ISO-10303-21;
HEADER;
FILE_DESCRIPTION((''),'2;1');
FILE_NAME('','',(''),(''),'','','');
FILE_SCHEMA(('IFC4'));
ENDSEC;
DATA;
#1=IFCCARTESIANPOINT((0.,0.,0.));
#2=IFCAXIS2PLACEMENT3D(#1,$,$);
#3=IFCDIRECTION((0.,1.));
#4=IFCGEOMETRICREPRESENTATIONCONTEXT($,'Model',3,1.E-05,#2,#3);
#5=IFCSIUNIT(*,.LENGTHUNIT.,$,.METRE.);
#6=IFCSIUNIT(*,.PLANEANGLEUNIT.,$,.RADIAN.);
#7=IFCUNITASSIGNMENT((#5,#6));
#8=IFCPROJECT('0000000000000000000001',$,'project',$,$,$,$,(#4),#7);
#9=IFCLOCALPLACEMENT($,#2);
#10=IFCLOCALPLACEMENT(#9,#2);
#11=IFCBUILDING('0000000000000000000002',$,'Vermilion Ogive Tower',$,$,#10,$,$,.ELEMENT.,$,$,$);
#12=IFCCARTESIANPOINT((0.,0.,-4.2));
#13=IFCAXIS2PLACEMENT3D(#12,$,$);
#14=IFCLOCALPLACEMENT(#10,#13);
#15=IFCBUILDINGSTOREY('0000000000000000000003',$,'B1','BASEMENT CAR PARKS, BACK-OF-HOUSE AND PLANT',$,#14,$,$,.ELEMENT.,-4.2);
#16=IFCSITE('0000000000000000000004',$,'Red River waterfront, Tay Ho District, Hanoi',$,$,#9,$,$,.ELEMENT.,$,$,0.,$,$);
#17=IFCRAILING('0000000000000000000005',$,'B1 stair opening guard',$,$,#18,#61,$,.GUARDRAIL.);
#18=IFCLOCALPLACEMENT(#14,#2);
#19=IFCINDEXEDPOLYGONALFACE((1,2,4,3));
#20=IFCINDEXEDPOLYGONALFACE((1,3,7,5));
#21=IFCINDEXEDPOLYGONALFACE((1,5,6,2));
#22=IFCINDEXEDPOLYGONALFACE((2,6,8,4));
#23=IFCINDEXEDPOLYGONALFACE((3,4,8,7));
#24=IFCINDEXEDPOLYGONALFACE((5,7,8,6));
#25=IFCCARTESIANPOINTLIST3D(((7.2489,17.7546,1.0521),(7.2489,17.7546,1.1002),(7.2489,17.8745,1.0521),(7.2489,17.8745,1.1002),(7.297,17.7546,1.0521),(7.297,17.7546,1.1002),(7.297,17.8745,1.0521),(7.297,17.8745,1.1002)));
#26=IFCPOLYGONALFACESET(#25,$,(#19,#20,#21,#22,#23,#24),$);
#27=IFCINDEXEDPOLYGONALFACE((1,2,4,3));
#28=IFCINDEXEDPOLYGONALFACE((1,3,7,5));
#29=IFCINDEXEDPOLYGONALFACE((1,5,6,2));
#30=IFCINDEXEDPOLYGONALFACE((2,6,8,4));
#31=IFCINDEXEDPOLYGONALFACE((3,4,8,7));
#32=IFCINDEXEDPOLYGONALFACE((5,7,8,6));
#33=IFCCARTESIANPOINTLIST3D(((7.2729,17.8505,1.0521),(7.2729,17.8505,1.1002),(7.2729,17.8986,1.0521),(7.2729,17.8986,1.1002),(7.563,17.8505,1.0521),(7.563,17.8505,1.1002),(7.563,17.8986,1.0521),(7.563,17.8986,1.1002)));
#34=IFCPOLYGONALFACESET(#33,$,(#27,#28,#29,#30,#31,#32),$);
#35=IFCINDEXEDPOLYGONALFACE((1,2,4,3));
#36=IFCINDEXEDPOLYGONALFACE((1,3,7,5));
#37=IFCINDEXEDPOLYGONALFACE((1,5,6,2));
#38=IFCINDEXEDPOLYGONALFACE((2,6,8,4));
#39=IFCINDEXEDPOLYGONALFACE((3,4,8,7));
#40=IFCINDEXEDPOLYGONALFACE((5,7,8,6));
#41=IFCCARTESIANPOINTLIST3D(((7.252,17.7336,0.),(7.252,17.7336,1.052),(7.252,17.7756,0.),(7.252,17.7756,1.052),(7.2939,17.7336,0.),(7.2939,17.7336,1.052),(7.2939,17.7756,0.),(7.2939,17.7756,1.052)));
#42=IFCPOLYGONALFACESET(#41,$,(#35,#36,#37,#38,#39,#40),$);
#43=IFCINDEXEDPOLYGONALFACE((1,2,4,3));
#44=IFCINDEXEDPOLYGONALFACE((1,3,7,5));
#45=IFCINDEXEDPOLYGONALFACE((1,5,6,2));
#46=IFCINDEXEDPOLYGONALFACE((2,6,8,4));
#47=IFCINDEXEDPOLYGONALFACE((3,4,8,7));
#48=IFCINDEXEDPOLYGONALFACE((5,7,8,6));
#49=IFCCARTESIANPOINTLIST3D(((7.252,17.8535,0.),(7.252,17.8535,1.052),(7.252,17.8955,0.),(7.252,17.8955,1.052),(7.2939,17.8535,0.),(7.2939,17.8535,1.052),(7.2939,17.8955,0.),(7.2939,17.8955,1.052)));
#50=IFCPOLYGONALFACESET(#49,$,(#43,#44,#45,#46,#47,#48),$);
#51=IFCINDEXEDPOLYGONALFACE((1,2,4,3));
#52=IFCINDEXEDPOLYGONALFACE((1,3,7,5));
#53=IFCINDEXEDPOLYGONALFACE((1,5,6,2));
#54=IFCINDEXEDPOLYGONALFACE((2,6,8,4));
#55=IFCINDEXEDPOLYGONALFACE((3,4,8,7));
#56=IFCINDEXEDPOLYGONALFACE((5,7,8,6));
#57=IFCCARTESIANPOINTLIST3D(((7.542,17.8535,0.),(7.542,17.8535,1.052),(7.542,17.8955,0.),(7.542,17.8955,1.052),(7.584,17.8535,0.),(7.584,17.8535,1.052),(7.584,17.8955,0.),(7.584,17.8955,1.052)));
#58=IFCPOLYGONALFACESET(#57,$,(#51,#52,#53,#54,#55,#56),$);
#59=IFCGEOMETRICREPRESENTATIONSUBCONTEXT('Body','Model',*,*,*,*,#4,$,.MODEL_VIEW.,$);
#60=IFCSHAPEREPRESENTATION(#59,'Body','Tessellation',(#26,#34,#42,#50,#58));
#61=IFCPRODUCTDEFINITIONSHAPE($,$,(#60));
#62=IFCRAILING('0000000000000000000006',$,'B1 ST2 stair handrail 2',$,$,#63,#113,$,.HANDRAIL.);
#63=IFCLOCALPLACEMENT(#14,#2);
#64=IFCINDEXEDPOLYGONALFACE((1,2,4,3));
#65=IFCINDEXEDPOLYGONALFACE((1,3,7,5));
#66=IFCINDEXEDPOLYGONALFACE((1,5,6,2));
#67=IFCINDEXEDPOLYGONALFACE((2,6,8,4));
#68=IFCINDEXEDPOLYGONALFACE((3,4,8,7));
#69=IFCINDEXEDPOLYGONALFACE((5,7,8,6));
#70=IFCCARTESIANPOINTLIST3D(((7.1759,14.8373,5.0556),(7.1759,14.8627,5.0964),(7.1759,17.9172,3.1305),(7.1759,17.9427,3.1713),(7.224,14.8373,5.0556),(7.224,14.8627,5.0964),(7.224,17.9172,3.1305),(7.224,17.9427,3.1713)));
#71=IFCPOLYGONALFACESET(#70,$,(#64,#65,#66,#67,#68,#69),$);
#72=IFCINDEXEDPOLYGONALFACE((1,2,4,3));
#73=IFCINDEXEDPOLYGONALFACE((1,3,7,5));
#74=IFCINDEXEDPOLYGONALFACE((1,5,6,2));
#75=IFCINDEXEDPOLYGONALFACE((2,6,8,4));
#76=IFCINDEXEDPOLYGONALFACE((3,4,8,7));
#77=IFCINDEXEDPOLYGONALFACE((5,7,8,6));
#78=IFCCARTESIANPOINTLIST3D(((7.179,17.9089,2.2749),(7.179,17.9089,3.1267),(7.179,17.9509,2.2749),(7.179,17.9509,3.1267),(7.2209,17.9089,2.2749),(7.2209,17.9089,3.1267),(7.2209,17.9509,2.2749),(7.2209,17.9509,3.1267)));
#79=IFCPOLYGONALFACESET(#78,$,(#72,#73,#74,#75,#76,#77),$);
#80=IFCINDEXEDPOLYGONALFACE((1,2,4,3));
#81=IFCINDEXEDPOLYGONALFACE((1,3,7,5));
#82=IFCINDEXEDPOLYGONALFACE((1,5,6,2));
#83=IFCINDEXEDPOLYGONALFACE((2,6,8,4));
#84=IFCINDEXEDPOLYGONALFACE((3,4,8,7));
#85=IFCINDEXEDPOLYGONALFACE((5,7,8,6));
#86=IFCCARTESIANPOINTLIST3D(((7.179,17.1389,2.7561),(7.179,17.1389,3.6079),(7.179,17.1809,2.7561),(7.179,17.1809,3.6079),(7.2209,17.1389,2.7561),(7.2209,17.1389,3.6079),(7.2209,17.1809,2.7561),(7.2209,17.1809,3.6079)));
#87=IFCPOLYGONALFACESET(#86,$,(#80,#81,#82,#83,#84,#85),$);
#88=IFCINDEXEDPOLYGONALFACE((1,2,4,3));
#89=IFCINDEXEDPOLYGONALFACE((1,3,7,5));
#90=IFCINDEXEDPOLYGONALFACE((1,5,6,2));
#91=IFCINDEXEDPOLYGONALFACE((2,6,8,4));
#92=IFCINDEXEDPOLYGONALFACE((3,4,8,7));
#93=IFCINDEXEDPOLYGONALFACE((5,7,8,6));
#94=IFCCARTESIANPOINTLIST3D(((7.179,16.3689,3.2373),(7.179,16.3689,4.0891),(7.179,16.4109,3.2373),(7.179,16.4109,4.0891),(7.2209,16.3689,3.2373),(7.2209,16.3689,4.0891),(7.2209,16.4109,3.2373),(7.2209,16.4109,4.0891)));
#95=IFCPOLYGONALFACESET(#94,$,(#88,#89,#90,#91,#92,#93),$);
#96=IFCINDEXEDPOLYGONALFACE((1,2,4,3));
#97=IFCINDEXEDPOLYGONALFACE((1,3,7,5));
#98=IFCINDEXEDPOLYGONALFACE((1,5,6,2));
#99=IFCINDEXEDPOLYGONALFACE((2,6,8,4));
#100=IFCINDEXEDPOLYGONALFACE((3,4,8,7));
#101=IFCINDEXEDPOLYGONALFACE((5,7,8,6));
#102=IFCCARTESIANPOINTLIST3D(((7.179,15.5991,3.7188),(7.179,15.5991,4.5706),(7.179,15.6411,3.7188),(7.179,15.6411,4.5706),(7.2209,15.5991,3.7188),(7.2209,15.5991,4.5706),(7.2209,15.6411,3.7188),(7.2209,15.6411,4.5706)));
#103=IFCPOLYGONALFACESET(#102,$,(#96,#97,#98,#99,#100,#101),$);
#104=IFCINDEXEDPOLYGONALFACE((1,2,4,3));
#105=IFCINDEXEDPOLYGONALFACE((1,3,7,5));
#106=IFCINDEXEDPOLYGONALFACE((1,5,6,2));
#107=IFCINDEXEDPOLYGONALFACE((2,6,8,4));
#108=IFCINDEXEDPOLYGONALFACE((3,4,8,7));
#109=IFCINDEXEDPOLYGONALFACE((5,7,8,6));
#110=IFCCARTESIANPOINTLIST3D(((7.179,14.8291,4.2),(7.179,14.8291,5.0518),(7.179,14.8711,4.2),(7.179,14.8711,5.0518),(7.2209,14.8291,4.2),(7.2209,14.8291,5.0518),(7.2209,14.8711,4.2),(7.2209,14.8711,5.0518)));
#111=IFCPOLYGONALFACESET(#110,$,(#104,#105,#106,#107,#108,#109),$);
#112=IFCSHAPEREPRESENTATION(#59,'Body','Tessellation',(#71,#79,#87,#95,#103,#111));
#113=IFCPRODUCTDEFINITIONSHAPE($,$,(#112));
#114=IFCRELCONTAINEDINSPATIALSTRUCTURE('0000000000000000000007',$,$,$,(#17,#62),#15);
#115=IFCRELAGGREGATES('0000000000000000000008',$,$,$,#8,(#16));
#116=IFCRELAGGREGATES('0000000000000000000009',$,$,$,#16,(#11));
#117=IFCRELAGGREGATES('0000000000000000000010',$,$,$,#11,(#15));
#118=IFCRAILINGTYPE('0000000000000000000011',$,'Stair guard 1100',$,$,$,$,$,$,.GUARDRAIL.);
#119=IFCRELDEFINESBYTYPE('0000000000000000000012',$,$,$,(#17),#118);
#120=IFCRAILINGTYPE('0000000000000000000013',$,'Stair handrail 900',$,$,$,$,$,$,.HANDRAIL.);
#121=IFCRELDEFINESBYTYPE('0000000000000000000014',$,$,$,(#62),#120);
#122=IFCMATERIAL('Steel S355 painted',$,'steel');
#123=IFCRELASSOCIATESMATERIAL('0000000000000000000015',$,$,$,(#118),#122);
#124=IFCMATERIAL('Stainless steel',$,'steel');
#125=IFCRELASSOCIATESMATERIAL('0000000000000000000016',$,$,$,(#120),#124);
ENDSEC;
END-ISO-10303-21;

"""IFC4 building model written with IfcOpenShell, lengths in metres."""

from ifc_helpers import new_model, si_unit, direction, frame, origin, origin_2d, place, context, subcontext, project, spatial, rectangle, extrude, material, type_object, element, save


model = new_model("IFC4")

# Units and contexts
model_context = context("Model", 3, precision=1e-05, world=origin(), true_north=direction((0.0, 1.0)))
body_context = subcontext(model_context, "Body", "Model", "MODEL_VIEW")
ifc_project = project(units=[si_unit("LENGTHUNIT", "METRE"), si_unit("PLANEANGLEUNIT", "RADIAN")], contexts=[model_context])

# Site, building, storey
site_placement = place(None, origin())
site = spatial("IfcSite", under=ifc_project, at=site_placement, Name="Red River waterfront, Tay Ho District, Hanoi", CompositionType="ELEMENT", RefElevation=0.0)
building_placement = place(site_placement, origin())
building = spatial("IfcBuilding", under=site, at=building_placement, Name="Vermilion Ogive Tower", CompositionType="ELEMENT")
storey_placement = place(building_placement, frame((0.0, 0.0, -4.2)))
storey = spatial("IfcBuildingStorey", under=building, at=storey_placement, Name="B1", Description="BASEMENT CAR PARKS, BACK-OF-HOUSE AND PLANT", CompositionType="ELEMENT", Elevation=-4.2)

# Railings
ifc_material_1 = material(Name="Steel S355 painted", Category="steel")
railing_type_1 = type_object("IfcRailingType", Name="Stair guard 1100", PredefinedType="GUARDRAIL", material=ifc_material_1)
railing_1_placement = place(storey_placement, frame((7.2729, 17.7546, 0.0)))
element("IfcRailing", 1, at=railing_1_placement, inside=storey, type_object=railing_type_1, Name="B1 stair opening guard", PredefinedType="GUARDRAIL", context=body_context, shape_type="SweptSolid", body=[
    extrude(rectangle(XDim=0.0481, YDim=0.0481, at=origin_2d()), frame((0.0, 0.0, 1.0762), z_axis=(0.0, 1.0, 0.0), x_axis=(-1.0, 0.0, 0.0)), (0.0, 0.0, 1.0), 0.1199),
    extrude(rectangle(XDim=0.0481, YDim=0.0481, at=origin_2d()), frame((0.0, 0.1199, 1.0762), z_axis=(1.0, 0.0, 0.0), x_axis=(0.0, 1.0, 0.0)), (0.0, 0.0, 1.0), 0.29),
    extrude(rectangle(XDim=0.042, YDim=0.042, at=origin_2d()), origin(), (0.0, 0.0, 1.0), 1.052),
    extrude(rectangle(XDim=0.042, YDim=0.042, at=origin_2d()), frame((0.0, 0.1199, 0.0)), (0.0, 0.0, 1.0), 1.052),
    extrude(rectangle(XDim=0.042, YDim=0.042, at=origin_2d()), frame((0.29, 0.1199, 0.0)), (0.0, 0.0, 1.0), 1.052),
])
ifc_material_2 = material(Name="Stainless steel", Category="steel")
railing_type_2 = type_object("IfcRailingType", Name="Stair handrail 900", PredefinedType="HANDRAIL", material=ifc_material_2)
railing_2_placement = place(storey_placement, frame((7.2, 17.9299, 2.2749)))
element("IfcRailing", 2, at=railing_2_placement, inside=storey, type_object=railing_type_2, Name="B1 ST2 stair handrail 2", PredefinedType="HANDRAIL", context=body_context, shape_type="SweptSolid", body=[
    extrude(rectangle(XDim=0.0481, YDim=0.0481, at=origin_2d()), frame((0.0, 0.0, 0.876), z_axis=(0.0, -0.847979, 0.530029), x_axis=(1.0, 0.0, 0.0)), (0.0, 0.0, 1.0), 3.6321),
    extrude(rectangle(XDim=0.042, YDim=0.042, at=origin_2d()), origin(), (0.0, 0.0, 1.0), 0.8518),
    extrude(rectangle(XDim=0.042, YDim=0.042, at=origin_2d()), frame((0.0, -0.77, 0.4812)), (0.0, 0.0, 1.0), 0.8518),
    extrude(rectangle(XDim=0.042, YDim=0.042, at=origin_2d()), frame((0.0, -1.54, 0.9624)), (0.0, 0.0, 1.0), 0.8518),
    extrude(rectangle(XDim=0.042, YDim=0.042, at=origin_2d()), frame((0.0, -2.3098, 1.4438)), (0.0, 0.0, 1.0), 0.8518),
    extrude(rectangle(XDim=0.042, YDim=0.042, at=origin_2d()), frame((0.0, -3.0798, 1.925)), (0.0, 0.0, 1.0), 0.8518),
])

save(model, "model.ifc")
